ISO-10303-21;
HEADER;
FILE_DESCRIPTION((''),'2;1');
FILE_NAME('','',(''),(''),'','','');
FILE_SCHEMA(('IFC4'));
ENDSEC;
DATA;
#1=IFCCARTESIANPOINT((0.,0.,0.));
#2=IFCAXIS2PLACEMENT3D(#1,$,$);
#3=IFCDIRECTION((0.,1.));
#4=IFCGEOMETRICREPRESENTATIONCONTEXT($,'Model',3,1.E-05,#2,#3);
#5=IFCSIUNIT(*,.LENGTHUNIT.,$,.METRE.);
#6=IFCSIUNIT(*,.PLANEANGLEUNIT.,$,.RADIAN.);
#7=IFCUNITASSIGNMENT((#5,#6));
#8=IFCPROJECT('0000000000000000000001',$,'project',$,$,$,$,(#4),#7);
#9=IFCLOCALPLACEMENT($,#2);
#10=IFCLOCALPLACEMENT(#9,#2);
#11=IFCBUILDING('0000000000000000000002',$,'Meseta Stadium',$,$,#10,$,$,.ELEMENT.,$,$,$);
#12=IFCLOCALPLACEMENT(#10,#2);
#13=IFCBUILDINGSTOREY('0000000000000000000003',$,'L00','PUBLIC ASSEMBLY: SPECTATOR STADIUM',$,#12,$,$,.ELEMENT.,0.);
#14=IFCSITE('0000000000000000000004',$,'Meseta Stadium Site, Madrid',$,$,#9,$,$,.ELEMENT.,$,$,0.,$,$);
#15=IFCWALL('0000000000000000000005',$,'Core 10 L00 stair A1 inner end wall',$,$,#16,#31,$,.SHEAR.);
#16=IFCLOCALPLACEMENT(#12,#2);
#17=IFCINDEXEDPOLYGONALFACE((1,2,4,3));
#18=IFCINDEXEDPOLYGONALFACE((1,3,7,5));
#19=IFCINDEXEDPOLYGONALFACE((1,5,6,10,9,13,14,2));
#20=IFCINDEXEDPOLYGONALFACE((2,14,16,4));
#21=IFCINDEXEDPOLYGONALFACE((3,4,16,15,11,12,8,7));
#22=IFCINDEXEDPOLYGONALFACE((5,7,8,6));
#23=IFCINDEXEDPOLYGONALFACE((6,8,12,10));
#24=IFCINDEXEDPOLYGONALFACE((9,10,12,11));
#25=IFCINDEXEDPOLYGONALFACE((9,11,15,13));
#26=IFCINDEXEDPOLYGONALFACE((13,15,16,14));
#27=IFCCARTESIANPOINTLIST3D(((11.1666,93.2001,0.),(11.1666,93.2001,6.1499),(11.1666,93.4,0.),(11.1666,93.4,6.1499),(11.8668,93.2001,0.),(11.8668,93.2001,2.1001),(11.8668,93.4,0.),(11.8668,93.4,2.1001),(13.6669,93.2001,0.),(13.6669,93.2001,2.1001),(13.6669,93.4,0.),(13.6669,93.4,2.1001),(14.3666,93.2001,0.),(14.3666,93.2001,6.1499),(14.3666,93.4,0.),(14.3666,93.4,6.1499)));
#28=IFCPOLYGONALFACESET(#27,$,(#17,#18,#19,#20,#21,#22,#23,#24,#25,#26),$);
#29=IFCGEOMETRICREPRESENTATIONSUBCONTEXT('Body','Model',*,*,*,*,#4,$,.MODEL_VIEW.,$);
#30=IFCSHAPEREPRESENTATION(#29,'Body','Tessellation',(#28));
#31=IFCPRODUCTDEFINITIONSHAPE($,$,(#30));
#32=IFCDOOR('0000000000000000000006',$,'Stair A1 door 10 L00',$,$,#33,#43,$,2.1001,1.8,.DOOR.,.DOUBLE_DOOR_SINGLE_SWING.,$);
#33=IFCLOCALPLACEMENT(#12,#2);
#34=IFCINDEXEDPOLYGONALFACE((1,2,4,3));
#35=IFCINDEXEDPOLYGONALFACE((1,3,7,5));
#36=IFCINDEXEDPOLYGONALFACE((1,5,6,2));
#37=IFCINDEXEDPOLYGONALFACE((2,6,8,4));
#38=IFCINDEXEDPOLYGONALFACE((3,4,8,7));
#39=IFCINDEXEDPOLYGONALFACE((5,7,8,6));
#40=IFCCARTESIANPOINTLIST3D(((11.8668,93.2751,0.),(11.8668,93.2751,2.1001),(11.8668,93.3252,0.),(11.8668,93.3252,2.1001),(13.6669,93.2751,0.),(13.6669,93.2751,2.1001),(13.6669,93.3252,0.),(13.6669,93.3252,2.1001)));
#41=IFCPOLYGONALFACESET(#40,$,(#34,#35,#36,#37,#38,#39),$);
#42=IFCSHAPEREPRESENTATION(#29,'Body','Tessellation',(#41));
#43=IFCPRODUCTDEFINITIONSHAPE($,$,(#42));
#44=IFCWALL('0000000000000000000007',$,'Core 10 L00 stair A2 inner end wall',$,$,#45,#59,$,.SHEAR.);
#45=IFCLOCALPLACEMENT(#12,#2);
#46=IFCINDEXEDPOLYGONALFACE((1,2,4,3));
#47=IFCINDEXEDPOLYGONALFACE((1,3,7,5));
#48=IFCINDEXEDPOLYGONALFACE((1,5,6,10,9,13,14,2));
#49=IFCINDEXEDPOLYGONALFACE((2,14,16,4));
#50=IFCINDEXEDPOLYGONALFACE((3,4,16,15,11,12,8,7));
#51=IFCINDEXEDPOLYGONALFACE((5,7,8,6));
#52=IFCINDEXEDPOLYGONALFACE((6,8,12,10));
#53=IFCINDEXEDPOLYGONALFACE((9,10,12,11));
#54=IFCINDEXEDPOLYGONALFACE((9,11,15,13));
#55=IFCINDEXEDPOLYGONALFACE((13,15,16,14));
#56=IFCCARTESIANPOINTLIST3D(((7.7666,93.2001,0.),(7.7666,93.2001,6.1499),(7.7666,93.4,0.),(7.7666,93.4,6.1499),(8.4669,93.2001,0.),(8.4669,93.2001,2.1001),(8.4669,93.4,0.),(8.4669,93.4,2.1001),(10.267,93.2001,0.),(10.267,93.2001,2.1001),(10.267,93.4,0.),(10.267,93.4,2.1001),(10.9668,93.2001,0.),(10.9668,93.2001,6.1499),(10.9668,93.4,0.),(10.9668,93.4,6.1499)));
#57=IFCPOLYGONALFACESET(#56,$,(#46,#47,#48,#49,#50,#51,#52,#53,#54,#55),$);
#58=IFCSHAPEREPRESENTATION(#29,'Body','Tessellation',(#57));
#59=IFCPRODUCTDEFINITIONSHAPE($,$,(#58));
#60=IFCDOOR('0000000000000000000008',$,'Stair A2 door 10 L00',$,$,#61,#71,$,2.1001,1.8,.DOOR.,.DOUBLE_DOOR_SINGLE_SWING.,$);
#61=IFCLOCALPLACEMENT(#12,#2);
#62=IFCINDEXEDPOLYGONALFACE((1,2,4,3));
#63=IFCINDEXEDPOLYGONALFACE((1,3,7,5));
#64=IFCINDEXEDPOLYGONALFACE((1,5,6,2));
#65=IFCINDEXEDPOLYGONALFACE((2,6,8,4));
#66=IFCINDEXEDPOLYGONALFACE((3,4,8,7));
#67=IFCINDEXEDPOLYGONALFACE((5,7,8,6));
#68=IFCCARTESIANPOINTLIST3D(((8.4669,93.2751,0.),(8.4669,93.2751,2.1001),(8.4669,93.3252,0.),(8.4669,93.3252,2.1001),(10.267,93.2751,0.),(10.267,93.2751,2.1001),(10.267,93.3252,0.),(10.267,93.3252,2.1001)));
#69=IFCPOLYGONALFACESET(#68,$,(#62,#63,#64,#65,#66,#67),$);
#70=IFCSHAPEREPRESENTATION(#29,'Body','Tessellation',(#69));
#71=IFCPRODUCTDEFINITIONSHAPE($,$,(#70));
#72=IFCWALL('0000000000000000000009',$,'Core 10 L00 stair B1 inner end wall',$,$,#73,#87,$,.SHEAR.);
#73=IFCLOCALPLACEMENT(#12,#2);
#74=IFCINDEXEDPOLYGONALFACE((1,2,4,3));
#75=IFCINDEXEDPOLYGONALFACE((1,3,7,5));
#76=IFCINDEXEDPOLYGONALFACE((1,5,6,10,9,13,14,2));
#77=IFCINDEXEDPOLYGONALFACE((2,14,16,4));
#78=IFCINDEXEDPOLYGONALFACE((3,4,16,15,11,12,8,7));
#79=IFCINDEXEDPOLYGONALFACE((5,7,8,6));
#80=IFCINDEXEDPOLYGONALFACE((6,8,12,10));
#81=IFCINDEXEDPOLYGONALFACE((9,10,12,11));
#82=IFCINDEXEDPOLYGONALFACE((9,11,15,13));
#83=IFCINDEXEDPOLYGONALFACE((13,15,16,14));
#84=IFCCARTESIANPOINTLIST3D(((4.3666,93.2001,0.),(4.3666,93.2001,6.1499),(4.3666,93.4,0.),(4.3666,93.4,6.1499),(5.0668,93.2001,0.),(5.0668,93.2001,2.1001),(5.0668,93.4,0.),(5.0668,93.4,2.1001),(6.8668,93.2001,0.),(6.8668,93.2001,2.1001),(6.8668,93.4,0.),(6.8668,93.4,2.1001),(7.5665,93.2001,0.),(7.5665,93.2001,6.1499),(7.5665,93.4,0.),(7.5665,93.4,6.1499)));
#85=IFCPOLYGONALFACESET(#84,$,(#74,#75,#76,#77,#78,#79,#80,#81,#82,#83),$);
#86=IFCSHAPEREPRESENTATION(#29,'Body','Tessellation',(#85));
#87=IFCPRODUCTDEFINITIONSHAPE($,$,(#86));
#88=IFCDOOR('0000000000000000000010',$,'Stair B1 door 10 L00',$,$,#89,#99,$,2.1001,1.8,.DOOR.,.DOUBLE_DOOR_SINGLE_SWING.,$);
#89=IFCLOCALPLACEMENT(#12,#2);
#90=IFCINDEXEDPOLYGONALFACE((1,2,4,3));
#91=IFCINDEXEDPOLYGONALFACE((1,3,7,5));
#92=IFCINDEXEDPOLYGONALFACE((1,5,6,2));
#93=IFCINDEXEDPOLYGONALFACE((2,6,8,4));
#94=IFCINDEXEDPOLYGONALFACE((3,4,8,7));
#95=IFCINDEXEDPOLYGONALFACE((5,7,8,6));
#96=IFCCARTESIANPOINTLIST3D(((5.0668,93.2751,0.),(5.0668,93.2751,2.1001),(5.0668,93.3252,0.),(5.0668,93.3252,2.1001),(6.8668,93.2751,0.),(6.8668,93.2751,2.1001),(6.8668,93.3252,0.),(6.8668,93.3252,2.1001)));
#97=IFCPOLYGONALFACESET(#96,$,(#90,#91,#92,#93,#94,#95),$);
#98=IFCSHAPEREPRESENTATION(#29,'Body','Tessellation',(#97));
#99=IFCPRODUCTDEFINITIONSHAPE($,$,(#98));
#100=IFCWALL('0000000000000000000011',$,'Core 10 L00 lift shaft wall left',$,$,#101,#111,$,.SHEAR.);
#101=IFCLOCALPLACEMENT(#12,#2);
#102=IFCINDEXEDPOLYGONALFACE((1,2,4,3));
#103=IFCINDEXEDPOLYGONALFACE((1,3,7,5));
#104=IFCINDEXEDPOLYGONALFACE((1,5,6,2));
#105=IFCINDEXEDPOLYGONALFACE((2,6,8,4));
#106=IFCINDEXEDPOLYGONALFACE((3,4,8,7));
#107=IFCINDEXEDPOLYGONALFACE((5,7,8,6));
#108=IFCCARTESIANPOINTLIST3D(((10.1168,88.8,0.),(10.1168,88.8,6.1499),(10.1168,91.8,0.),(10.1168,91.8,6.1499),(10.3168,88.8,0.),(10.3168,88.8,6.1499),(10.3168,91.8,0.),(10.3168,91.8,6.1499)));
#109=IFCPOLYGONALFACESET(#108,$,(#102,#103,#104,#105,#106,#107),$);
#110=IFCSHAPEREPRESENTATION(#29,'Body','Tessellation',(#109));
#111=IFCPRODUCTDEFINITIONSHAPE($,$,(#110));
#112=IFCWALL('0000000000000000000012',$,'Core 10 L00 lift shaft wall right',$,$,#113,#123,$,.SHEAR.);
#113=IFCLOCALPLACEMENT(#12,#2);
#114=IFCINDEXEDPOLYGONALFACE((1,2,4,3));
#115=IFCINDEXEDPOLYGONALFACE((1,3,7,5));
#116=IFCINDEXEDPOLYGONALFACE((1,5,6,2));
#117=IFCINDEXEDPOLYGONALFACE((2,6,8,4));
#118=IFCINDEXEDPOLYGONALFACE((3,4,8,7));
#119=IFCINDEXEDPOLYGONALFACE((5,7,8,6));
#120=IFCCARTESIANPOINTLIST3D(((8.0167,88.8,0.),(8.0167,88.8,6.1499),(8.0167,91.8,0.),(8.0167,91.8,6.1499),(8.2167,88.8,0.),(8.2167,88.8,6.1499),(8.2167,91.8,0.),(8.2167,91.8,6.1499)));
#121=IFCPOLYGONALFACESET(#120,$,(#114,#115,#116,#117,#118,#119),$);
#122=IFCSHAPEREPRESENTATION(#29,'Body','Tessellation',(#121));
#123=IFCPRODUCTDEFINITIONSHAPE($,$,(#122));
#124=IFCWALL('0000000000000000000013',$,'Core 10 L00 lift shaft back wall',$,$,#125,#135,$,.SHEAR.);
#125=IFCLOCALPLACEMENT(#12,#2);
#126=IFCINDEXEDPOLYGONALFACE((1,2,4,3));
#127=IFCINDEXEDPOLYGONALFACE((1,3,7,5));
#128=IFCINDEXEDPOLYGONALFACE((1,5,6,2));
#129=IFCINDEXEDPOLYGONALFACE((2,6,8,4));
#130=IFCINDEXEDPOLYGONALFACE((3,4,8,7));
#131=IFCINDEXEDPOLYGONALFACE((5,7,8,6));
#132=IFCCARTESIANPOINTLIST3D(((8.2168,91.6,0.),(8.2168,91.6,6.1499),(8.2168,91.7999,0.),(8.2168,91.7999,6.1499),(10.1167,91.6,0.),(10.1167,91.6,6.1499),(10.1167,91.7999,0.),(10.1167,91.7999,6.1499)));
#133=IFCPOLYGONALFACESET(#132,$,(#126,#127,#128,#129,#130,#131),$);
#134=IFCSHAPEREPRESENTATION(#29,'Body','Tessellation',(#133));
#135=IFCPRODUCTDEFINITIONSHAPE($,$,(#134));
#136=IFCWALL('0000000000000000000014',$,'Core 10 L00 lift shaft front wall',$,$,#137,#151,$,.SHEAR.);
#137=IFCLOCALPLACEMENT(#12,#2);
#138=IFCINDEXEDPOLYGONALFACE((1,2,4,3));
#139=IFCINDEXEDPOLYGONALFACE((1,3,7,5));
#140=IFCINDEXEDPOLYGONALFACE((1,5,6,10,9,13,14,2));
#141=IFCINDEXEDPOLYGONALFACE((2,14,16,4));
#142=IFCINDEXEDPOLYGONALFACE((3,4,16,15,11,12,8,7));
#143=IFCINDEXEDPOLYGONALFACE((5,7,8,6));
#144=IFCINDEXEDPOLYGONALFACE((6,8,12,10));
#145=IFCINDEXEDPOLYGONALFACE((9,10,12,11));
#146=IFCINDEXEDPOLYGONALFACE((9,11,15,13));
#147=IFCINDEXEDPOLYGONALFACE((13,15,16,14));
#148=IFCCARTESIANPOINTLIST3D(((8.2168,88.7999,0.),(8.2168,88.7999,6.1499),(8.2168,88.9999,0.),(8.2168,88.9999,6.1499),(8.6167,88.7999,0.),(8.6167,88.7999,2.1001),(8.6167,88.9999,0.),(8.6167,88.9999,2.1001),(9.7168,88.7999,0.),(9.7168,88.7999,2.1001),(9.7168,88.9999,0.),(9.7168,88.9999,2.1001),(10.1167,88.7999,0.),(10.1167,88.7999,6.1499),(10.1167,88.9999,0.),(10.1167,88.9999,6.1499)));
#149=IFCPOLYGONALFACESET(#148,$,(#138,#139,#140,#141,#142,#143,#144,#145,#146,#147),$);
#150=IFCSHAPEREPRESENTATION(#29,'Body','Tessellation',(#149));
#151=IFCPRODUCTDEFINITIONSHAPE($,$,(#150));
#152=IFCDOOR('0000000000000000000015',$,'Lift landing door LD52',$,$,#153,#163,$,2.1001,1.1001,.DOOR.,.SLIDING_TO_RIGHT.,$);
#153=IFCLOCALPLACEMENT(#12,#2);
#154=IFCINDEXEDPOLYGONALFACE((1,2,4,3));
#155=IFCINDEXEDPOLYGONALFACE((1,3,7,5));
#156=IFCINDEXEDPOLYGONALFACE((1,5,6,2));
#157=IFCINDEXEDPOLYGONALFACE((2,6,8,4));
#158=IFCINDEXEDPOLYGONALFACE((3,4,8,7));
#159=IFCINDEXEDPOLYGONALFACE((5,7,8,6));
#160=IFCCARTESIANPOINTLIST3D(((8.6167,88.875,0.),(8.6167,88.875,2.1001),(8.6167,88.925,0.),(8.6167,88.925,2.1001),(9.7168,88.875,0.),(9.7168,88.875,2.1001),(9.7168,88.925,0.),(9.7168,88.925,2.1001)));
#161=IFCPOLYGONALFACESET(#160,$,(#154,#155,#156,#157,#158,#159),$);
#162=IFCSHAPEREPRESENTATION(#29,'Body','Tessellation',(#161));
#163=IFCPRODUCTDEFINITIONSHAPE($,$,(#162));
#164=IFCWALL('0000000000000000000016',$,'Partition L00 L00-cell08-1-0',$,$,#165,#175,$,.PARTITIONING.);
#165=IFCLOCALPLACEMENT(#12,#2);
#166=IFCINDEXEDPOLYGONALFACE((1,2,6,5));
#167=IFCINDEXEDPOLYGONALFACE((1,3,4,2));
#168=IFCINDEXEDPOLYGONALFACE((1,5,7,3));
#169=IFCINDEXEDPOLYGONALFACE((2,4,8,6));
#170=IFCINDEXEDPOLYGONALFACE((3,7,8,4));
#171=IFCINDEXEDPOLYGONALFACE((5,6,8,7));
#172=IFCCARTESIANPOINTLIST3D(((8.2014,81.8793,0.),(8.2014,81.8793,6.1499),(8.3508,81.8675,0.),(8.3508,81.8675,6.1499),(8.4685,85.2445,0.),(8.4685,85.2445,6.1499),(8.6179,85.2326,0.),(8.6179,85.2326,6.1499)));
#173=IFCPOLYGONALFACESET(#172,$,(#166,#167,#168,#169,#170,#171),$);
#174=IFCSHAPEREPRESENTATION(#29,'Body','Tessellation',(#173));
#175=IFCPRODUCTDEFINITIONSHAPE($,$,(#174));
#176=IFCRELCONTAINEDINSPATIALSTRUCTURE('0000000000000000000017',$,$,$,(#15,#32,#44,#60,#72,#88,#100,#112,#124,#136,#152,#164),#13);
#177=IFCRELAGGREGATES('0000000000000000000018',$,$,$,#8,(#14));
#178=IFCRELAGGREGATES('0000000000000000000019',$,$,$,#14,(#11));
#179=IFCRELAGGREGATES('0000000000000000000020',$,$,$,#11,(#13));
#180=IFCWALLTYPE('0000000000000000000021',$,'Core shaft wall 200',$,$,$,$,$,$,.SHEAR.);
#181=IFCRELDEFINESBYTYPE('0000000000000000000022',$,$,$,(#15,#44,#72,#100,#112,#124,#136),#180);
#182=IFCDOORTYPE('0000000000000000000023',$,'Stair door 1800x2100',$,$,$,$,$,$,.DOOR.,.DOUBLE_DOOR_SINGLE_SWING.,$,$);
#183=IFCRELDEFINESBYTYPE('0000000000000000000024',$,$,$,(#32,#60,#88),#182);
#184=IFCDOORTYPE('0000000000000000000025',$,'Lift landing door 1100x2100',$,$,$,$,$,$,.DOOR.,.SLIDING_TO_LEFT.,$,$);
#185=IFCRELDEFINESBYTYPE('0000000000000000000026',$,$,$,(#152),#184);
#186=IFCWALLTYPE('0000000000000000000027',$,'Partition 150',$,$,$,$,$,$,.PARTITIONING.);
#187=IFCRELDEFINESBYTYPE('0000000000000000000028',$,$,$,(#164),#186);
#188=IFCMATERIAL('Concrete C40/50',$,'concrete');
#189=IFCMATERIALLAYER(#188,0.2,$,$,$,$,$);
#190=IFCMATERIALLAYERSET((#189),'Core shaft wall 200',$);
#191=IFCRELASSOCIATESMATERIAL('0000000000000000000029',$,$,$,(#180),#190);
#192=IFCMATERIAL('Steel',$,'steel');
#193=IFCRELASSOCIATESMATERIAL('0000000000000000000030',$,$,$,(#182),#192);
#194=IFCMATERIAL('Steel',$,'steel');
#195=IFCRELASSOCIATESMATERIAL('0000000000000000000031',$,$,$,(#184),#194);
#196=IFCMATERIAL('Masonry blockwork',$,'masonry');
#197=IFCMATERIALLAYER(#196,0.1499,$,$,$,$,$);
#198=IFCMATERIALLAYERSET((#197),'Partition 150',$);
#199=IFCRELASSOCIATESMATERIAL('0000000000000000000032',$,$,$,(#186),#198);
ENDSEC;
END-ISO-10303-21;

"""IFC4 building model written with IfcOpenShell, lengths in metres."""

from ifc_helpers import new_model, si_unit, direction, frame, frame_2d, origin, place, context, subcontext, project, spatial, rectangle, extrude, material, layer, layer_set, type_object, element, fill, save


model = new_model("IFC4")

# Units and contexts
model_context = context("Model", 3, precision=1e-05, world=origin(), true_north=direction((0.0, 1.0)))
body_context = subcontext(model_context, "Body", "Model", "MODEL_VIEW")
ifc_project = project(units=[si_unit("LENGTHUNIT", "METRE"), si_unit("PLANEANGLEUNIT", "RADIAN")], contexts=[model_context])

# Site, building, storey
site_placement = place(None, origin())
site = spatial("IfcSite", under=ifc_project, at=site_placement, Name="Meseta Stadium Site, Madrid", CompositionType="ELEMENT", RefElevation=0.0)
building_placement = place(site_placement, origin())
building = spatial("IfcBuilding", under=site, at=building_placement, Name="Meseta Stadium", CompositionType="ELEMENT")
storey_placement = place(building_placement, origin())
storey = spatial("IfcBuildingStorey", under=building, at=storey_placement, Name="L00", Description="PUBLIC ASSEMBLY: SPECTATOR STADIUM", CompositionType="ELEMENT", Elevation=0.0)

# Walls, openings, doors
ifc_material_1 = material(Name="Concrete C40/50", Category="concrete")
ifc_layer_1 = layer(ifc_material_1, 0.2)
ifc_layer_set_1 = layer_set([ifc_layer_1], Name="Core shaft wall 200")
wall_type_1 = type_object("IfcWallType", Name="Core shaft wall 200", PredefinedType="SHEAR", material=ifc_layer_set_1)
wall_1_placement = place(storey_placement, frame((14.3667, 93.3, 0.0), z_axis=(0.0, 0.0, 1.0), x_axis=(-1.0, 0.0, 0.0)))
wall_1 = element("IfcWall", 1, at=wall_1_placement, inside=storey, type_object=wall_type_1, Name="Core 10 L00 stair A1 inner end wall", PredefinedType="SHEAR", context=body_context, shape_type="SweptSolid", body=[
    extrude(rectangle(XDim=3.2, YDim=0.2, at=frame_2d((1.6001, 0.0))), origin(), (0.0, 0.0, 1.0), 6.1499),
])
opening_1_placement = place(wall_1_placement, frame((0.7, 0.0, 0.0)))
opening_1 = element("IfcOpeningElement", 2, at=opening_1_placement, cuts=wall_1, PredefinedType="OPENING", context=body_context, shape_type="SweptSolid", body=[
    extrude(rectangle(XDim=1.8, YDim=2.1001, at=frame_2d((0.8999, 1.05))), frame((0.0, 0.1099, 0.0), z_axis=(0.0, -1.0, 0.0), x_axis=(1.0, 0.0, 0.0)), (0.0, 0.0, 1.0), 0.22),
])
ifc_material_2 = material(Name="Steel", Category="steel")
door_type_1 = type_object("IfcDoorType", Name="Stair door 1800x2100", OperationType="DOUBLE_DOOR_SINGLE_SWING", PredefinedType="DOOR", material=ifc_material_2)
door_1_placement = place(opening_1_placement, origin())
door_1 = element("IfcDoor", 3, at=door_1_placement, inside=storey, type_object=door_type_1, Name="Stair A1 door 10 L00", OperationType="DOUBLE_DOOR_SINGLE_SWING", OverallHeight=2.1001, OverallWidth=1.8, PredefinedType="DOOR", context=body_context, shape_type="SweptSolid", body=[
    extrude(rectangle(XDim=1.8, YDim=2.1001, at=frame_2d((0.8999, 1.05))), frame((0.0, 0.0249, 0.0), z_axis=(0.0, -1.0, 0.0), x_axis=(1.0, 0.0, 0.0)), (0.0, 0.0, 1.0), 0.05),
])
fill(opening_1, door_1)
wall_2_placement = place(storey_placement, frame((10.9668, 93.3, 0.0), z_axis=(0.0, 0.0, 1.0), x_axis=(-1.0, 0.0, 0.0)))
wall_2 = element("IfcWall", 4, at=wall_2_placement, inside=storey, type_object=wall_type_1, Name="Core 10 L00 stair A2 inner end wall", PredefinedType="SHEAR", context=body_context, shape_type="SweptSolid", body=[
    extrude(rectangle(XDim=3.2002, YDim=0.2, at=frame_2d((1.6001, 0.0))), origin(), (0.0, 0.0, 1.0), 6.1499),
])
opening_2_placement = place(wall_2_placement, frame((0.7, 0.0, 0.0)))
opening_2 = element("IfcOpeningElement", 5, at=opening_2_placement, cuts=wall_2, PredefinedType="OPENING", context=body_context, shape_type="SweptSolid", body=[
    extrude(rectangle(XDim=1.8, YDim=2.1001, at=frame_2d((0.8999, 1.05))), frame((0.0, 0.1099, 0.0), z_axis=(0.0, -1.0, 0.0), x_axis=(1.0, 0.0, 0.0)), (0.0, 0.0, 1.0), 0.22),
])
door_2_placement = place(opening_2_placement, origin())
door_2 = element("IfcDoor", 6, at=door_2_placement, inside=storey, type_object=door_type_1, Name="Stair A2 door 10 L00", OperationType="DOUBLE_DOOR_SINGLE_SWING", OverallHeight=2.1001, OverallWidth=1.8, PredefinedType="DOOR", context=body_context, shape_type="SweptSolid", body=[
    extrude(rectangle(XDim=1.8, YDim=2.1001, at=frame_2d((0.8999, 1.05))), frame((0.0, 0.0249, 0.0), z_axis=(0.0, -1.0, 0.0), x_axis=(1.0, 0.0, 0.0)), (0.0, 0.0, 1.0), 0.05),
])
fill(opening_2, door_2)
wall_3_placement = place(storey_placement, frame((7.5667, 93.3, 0.0), z_axis=(0.0, 0.0, 1.0), x_axis=(-1.0, 0.0, 0.0)))
wall_3 = element("IfcWall", 7, at=wall_3_placement, inside=storey, type_object=wall_type_1, Name="Core 10 L00 stair B1 inner end wall", PredefinedType="SHEAR", context=body_context, shape_type="SweptSolid", body=[
    extrude(rectangle(XDim=3.2, YDim=0.2, at=frame_2d((1.6001, 0.0))), origin(), (0.0, 0.0, 1.0), 6.1499),
])
opening_3_placement = place(wall_3_placement, frame((0.7, 0.0, 0.0)))
opening_3 = element("IfcOpeningElement", 8, at=opening_3_placement, cuts=wall_3, PredefinedType="OPENING", context=body_context, shape_type="SweptSolid", body=[
    extrude(rectangle(XDim=1.8, YDim=2.1001, at=frame_2d((0.8999, 1.05))), frame((0.0, 0.1099, 0.0), z_axis=(0.0, -1.0, 0.0), x_axis=(1.0, 0.0, 0.0)), (0.0, 0.0, 1.0), 0.22),
])
door_3_placement = place(opening_3_placement, origin())
door_3 = element("IfcDoor", 9, at=door_3_placement, inside=storey, type_object=door_type_1, Name="Stair B1 door 10 L00", OperationType="DOUBLE_DOOR_SINGLE_SWING", OverallHeight=2.1001, OverallWidth=1.8, PredefinedType="DOOR", context=body_context, shape_type="SweptSolid", body=[
    extrude(rectangle(XDim=1.8, YDim=2.1001, at=frame_2d((0.8999, 1.05))), frame((0.0, 0.0249, 0.0), z_axis=(0.0, -1.0, 0.0), x_axis=(1.0, 0.0, 0.0)), (0.0, 0.0, 1.0), 0.05),
])
fill(opening_3, door_3)

# Walls
for number, where, z_axis, x_axis, name in (
    (10, (10.2168, 91.8, 0.0), (0.0, 0.0, 1.0), (0.0, -1.0, 0.0), "Core 10 L00 lift shaft wall left"),
    (11, (8.1167, 91.8, 0.0), (0.0, 0.0, 1.0), (0.0, -1.0, 0.0), "Core 10 L00 lift shaft wall right"),
):
    element("IfcWall", number, at=place(storey_placement, frame(where, z_axis=z_axis, x_axis=x_axis)), inside=storey, type_object=wall_type_1, Name=name, PredefinedType="SHEAR", context=body_context, shape_type="SweptSolid", body=[
        extrude(rectangle(XDim=3.0, YDim=0.2, at=frame_2d((1.5, 0.0))), origin(), (0.0, 0.0, 1.0), 6.1499),
    ])
wall_4_placement = place(storey_placement, frame((10.1167, 91.7, 0.0), z_axis=(0.0, 0.0, 1.0), x_axis=(-1.0, 0.0, 0.0)))
element("IfcWall", 12, at=wall_4_placement, inside=storey, type_object=wall_type_1, Name="Core 10 L00 lift shaft back wall", PredefinedType="SHEAR", context=body_context, shape_type="SweptSolid", body=[
    extrude(rectangle(XDim=1.8999, YDim=0.2, at=frame_2d((0.95, 0.0))), origin(), (0.0, 0.0, 1.0), 6.1499),
])

# Wall, opening, door
wall_5_placement = place(storey_placement, frame((10.1167, 88.8999, 0.0), z_axis=(0.0, 0.0, 1.0), x_axis=(-1.0, 0.0, 0.0)))
wall_5 = element("IfcWall", 13, at=wall_5_placement, inside=storey, type_object=wall_type_1, Name="Core 10 L00 lift shaft front wall", PredefinedType="SHEAR", context=body_context, shape_type="SweptSolid", body=[
    extrude(rectangle(XDim=1.8999, YDim=0.2, at=frame_2d((0.95, 0.0))), origin(), (0.0, 0.0, 1.0), 6.1499),
])
opening_4_placement = place(wall_5_placement, frame((0.3999, 0.0, 0.0)))
opening_4 = element("IfcOpeningElement", 14, at=opening_4_placement, cuts=wall_5, PredefinedType="OPENING", context=body_context, shape_type="SweptSolid", body=[
    extrude(rectangle(XDim=1.1001, YDim=2.1001, at=frame_2d((0.55, 1.05))), frame((0.0, 0.1099, 0.0), z_axis=(0.0, -1.0, 0.0), x_axis=(1.0, 0.0, 0.0)), (0.0, 0.0, 1.0), 0.22),
])
ifc_material_3 = material(Name="Steel", Category="steel")
door_type_2 = type_object("IfcDoorType", Name="Lift landing door 1100x2100", OperationType="SLIDING_TO_LEFT", PredefinedType="DOOR", material=ifc_material_3)
door_4_placement = place(opening_4_placement, origin())
door_4 = element("IfcDoor", 15, at=door_4_placement, inside=storey, type_object=door_type_2, Name="Lift landing door LD52", OperationType="SLIDING_TO_RIGHT", OverallHeight=2.1001, OverallWidth=1.1001, PredefinedType="DOOR", context=body_context, shape_type="SweptSolid", body=[
    extrude(rectangle(XDim=1.1001, YDim=2.1001, at=frame_2d((0.55, 1.05))), frame((0.0, 0.0249, 0.0), z_axis=(0.0, -1.0, 0.0), x_axis=(1.0, 0.0, 0.0)), (0.0, 0.0, 1.0), 0.05),
])
fill(opening_4, door_4)

# Wall
ifc_material_4 = material(Name="Masonry blockwork", Category="masonry")
ifc_layer_2 = layer(ifc_material_4, 0.1499)
ifc_layer_set_2 = layer_set([ifc_layer_2], Name="Partition 150")
wall_type_2 = type_object("IfcWallType", Name="Partition 150", PredefinedType="PARTITIONING", material=ifc_layer_set_2)
wall_6_placement = place(storey_placement, frame((8.2761, 81.8733, 0.0), z_axis=(0.0, 0.0, 1.0), x_axis=(0.079119, 0.996865, 0.0)))
element("IfcWall", 16, at=wall_6_placement, inside=storey, type_object=wall_type_2, Name="Partition L00 L00-cell08-1-0", PredefinedType="PARTITIONING", context=body_context, shape_type="SweptSolid", body=[
    extrude(rectangle(XDim=3.3757, YDim=0.1499, at=frame_2d((1.688, 0.0))), origin(), (0.0, 0.0, 1.0), 6.1499),
])

save(model, "model.ifc")
